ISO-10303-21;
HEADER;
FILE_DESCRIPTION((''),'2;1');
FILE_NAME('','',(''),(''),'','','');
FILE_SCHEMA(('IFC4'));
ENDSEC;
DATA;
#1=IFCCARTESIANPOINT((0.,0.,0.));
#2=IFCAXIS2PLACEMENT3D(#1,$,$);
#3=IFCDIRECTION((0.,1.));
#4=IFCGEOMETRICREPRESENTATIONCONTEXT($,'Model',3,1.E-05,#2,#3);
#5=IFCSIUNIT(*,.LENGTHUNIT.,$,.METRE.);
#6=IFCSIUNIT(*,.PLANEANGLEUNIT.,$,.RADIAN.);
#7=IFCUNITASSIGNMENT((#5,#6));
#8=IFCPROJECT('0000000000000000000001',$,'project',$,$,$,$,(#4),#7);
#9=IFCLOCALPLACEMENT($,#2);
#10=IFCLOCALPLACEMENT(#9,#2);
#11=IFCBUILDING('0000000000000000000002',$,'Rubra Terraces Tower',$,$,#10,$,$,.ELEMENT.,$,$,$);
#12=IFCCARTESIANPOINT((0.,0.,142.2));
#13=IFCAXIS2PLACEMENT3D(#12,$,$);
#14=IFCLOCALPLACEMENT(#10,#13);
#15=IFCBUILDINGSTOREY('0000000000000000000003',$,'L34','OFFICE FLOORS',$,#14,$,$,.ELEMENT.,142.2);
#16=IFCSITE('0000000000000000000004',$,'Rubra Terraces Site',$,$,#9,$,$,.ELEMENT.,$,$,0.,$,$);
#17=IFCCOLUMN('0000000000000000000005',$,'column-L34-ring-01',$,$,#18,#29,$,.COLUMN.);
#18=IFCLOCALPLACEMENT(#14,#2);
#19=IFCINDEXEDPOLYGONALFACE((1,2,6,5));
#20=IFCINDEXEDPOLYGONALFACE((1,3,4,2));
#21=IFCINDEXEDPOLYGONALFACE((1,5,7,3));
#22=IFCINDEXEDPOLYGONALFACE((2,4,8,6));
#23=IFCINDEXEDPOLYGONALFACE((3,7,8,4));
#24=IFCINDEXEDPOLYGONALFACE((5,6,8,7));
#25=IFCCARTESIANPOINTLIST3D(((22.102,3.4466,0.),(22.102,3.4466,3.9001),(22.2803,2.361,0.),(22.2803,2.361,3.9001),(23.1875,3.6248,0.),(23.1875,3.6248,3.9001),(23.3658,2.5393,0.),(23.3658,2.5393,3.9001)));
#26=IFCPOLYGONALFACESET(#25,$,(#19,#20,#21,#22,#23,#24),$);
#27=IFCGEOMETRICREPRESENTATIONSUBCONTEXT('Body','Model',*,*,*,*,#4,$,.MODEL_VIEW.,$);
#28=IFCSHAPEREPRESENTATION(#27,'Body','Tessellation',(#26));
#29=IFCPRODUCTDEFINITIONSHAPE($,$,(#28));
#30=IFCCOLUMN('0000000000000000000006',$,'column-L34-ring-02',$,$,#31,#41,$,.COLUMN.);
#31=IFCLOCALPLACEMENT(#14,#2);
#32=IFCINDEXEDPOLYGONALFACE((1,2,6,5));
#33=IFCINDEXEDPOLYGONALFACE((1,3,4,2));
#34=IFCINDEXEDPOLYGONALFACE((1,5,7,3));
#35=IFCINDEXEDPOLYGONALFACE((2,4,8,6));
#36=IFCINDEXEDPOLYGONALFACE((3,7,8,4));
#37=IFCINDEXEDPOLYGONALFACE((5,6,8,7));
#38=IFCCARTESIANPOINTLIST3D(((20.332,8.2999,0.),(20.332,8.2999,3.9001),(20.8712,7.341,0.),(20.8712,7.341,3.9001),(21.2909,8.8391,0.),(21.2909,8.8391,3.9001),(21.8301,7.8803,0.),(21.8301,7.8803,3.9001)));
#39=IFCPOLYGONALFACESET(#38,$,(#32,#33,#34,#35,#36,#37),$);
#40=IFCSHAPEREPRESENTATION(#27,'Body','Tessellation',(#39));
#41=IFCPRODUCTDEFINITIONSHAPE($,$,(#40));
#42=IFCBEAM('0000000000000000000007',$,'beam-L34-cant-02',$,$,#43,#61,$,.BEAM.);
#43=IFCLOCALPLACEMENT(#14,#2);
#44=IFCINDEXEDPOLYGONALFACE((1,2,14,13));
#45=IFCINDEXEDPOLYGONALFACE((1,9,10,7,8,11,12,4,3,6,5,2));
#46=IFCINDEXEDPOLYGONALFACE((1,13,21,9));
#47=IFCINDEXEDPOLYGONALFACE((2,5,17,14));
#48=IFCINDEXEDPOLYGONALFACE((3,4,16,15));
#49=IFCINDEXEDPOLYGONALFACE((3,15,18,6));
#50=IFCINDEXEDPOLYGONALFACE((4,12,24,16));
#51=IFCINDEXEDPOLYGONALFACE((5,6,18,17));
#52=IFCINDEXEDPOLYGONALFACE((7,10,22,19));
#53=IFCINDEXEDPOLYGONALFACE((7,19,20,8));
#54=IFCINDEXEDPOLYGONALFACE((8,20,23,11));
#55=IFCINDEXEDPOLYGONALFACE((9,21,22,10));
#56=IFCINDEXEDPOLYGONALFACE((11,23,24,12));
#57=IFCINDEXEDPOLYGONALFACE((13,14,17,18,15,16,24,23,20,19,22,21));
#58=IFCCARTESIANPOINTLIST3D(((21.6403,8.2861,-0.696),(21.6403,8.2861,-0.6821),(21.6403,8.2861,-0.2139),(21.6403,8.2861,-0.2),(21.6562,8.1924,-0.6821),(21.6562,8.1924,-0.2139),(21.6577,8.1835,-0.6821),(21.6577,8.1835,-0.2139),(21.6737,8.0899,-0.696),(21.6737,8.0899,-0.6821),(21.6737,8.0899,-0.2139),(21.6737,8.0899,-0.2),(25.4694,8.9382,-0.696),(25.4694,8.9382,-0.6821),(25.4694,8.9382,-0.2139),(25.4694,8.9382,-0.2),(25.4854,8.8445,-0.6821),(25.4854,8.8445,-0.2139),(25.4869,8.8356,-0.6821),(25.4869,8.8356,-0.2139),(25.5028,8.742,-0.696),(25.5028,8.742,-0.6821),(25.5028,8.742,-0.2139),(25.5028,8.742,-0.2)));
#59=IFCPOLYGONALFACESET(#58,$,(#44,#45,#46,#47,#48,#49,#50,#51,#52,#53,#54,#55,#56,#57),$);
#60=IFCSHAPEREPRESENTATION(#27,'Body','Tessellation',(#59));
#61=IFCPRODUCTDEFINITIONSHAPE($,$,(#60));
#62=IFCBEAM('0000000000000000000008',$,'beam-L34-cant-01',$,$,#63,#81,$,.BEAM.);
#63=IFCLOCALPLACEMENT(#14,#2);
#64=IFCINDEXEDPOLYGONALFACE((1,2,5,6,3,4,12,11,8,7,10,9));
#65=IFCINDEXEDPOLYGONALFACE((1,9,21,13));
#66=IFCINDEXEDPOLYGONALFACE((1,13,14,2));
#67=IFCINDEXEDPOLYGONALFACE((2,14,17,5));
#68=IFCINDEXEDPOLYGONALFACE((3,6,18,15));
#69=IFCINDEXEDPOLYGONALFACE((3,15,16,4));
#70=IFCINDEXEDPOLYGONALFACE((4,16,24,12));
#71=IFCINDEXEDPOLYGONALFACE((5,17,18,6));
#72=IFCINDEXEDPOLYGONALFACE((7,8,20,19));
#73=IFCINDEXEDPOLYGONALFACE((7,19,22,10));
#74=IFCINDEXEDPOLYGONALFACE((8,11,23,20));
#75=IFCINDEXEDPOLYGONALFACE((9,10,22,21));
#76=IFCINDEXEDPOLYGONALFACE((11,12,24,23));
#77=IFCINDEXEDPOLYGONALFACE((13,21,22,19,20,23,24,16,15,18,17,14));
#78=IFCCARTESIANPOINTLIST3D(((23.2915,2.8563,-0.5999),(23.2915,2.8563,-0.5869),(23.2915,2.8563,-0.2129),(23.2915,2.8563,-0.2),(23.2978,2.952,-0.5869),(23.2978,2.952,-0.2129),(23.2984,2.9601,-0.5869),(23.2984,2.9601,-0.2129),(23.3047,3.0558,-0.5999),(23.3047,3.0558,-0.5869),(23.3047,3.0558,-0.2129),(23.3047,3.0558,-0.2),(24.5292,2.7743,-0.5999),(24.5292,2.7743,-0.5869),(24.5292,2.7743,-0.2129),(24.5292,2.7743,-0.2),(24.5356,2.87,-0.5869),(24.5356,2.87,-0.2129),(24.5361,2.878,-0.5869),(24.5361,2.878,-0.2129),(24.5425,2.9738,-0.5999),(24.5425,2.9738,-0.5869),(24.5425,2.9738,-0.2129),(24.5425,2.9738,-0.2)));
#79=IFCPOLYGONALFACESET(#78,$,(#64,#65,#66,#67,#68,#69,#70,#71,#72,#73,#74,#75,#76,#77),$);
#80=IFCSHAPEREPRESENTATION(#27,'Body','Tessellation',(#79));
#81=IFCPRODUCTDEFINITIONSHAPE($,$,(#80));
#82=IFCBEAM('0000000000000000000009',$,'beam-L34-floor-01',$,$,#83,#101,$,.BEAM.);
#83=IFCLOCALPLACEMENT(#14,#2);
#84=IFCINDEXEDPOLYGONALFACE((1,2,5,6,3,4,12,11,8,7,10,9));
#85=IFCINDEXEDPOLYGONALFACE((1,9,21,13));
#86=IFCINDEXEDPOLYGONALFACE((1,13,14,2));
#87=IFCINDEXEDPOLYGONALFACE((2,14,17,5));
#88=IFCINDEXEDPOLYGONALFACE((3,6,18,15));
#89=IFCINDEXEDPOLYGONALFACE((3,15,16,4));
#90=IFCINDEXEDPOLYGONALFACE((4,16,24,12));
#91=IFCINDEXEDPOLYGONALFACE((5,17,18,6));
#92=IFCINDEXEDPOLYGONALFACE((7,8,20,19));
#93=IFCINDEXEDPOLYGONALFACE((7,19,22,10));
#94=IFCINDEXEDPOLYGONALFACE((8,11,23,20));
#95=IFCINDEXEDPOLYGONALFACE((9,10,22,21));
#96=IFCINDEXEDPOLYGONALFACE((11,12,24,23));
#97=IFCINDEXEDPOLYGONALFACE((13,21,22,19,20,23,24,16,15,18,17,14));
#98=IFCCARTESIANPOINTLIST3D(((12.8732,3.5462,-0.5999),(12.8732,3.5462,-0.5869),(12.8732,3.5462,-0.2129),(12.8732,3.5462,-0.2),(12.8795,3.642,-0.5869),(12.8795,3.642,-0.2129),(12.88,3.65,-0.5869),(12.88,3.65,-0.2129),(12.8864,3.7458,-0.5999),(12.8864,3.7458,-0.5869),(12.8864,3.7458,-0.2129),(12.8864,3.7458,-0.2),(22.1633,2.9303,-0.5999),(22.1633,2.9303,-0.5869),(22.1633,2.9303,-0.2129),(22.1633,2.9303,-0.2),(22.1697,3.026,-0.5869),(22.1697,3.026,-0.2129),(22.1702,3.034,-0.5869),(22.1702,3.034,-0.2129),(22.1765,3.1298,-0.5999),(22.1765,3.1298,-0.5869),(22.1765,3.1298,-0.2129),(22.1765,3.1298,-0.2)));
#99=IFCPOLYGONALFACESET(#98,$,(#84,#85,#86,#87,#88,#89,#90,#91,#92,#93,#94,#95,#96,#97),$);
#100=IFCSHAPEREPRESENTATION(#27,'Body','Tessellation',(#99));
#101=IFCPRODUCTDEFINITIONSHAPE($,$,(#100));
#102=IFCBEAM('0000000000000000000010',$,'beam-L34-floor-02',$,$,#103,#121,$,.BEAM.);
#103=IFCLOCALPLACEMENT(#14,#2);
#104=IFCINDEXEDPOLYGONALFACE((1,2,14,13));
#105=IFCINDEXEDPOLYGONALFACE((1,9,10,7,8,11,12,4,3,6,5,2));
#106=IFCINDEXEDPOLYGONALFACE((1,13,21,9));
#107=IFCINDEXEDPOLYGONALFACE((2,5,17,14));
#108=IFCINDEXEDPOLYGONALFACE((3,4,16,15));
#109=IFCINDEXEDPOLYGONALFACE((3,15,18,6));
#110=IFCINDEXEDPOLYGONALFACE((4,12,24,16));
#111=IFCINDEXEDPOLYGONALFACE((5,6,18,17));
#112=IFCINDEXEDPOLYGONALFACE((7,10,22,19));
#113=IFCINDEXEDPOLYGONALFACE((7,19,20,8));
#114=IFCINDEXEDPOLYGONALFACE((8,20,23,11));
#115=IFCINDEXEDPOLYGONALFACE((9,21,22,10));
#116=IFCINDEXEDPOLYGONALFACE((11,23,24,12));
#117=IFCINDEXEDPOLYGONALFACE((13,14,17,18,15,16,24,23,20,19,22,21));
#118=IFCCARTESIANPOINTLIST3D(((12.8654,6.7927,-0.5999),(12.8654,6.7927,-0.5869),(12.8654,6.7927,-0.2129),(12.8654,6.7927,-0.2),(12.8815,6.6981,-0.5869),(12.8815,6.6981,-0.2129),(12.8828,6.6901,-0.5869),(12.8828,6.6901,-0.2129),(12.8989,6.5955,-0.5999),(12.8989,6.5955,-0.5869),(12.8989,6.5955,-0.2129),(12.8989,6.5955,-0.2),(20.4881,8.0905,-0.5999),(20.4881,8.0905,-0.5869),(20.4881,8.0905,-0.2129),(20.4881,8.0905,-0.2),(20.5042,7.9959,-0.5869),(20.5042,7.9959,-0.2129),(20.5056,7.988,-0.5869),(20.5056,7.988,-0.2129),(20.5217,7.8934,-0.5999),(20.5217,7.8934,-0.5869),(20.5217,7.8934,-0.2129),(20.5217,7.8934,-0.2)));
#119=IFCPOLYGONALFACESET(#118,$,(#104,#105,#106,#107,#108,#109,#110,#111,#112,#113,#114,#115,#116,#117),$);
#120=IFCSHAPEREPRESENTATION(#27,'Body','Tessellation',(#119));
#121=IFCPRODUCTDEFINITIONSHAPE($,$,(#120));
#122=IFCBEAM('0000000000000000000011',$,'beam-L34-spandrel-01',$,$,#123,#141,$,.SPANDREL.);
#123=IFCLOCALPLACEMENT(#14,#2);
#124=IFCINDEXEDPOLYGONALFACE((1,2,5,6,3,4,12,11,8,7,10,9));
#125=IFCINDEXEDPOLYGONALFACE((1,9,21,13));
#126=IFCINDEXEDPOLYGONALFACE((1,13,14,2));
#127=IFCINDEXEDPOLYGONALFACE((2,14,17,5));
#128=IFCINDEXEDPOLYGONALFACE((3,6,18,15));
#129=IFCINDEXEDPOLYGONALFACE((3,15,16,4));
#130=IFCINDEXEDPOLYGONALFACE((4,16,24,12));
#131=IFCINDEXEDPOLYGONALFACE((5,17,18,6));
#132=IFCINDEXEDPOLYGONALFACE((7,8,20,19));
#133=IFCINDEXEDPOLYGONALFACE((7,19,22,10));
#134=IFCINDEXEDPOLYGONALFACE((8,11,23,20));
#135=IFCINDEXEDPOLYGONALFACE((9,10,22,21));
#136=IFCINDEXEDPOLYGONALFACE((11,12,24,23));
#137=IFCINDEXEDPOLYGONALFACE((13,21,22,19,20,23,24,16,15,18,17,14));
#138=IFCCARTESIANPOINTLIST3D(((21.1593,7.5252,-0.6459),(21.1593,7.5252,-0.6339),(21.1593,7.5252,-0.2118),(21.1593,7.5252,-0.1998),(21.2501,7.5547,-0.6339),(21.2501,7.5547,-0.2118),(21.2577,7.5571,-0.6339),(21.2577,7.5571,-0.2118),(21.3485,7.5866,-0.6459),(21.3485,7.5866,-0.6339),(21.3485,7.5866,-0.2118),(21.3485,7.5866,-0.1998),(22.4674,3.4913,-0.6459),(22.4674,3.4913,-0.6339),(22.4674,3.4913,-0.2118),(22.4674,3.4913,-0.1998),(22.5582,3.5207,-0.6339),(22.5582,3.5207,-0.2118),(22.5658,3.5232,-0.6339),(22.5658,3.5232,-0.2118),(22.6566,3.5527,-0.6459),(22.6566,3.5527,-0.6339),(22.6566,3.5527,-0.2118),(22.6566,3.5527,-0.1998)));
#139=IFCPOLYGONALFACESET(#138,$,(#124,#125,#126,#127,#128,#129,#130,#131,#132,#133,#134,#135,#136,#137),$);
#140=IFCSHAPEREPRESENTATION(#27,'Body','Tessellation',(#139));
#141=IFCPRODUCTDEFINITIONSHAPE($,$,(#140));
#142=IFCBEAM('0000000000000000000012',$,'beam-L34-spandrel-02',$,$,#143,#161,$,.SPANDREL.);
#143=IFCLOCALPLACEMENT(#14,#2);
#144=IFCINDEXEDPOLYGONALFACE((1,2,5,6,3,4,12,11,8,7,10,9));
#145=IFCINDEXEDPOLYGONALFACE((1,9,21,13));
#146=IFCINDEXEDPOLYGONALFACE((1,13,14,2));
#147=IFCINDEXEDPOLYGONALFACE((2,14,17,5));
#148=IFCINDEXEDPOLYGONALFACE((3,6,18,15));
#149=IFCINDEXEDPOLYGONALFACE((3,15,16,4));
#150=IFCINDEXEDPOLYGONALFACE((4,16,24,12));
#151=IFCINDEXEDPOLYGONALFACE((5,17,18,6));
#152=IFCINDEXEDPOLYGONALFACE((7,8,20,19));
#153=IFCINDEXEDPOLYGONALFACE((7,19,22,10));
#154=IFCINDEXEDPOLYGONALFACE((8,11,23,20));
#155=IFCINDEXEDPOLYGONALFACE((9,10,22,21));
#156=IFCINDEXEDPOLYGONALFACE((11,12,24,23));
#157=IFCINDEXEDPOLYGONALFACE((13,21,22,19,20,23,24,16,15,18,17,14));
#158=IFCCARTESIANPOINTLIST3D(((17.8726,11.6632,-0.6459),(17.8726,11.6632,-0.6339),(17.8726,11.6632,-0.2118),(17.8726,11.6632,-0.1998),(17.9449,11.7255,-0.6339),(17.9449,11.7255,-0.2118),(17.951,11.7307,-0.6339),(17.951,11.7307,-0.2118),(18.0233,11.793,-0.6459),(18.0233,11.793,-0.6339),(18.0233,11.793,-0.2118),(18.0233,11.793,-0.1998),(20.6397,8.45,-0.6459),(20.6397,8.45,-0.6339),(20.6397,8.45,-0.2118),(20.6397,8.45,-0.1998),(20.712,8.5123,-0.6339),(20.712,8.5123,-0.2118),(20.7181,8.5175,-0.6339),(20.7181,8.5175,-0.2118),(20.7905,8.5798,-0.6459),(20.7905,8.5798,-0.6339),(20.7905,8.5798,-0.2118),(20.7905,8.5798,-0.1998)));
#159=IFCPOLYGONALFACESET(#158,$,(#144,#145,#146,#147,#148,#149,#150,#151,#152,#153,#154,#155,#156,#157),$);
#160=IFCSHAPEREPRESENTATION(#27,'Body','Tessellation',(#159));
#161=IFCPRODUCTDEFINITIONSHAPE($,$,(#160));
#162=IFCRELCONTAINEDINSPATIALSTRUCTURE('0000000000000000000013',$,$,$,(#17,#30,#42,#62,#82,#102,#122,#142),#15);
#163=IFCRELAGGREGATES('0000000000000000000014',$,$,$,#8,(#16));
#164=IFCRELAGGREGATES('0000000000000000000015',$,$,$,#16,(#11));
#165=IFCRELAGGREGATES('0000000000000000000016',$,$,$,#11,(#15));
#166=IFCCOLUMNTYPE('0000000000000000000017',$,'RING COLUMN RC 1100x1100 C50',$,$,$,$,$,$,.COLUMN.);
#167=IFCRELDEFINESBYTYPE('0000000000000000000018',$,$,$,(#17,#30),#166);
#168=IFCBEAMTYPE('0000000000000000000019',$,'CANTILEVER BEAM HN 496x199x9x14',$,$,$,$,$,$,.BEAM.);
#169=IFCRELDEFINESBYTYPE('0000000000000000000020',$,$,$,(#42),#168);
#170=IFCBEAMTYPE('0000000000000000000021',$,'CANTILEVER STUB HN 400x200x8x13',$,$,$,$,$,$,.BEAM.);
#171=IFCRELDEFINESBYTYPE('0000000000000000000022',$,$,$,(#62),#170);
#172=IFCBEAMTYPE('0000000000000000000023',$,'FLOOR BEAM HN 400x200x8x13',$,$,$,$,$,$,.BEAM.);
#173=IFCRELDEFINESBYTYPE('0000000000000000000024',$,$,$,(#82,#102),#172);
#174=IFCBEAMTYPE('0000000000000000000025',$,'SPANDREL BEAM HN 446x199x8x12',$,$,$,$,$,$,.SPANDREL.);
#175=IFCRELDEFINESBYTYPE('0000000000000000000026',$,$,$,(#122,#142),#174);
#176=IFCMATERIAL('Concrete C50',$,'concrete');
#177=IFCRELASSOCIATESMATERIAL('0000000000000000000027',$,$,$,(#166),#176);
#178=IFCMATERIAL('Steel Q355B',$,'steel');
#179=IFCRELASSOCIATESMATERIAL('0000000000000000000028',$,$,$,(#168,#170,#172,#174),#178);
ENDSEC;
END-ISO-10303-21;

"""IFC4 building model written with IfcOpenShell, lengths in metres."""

from ifc_helpers import new_model, si_unit, direction, frame, origin, origin_2d, place, context, subcontext, project, spatial, rectangle, i_section, extrude, material, material_profile, profile_set, type_object, element, save


model = new_model("IFC4")

# Units and contexts
model_context = context("Model", 3, precision=1e-05, world=origin(), true_north=direction((0.0, 1.0)))
body_context = subcontext(model_context, "Body", "Model", "MODEL_VIEW")
ifc_project = project(units=[si_unit("LENGTHUNIT", "METRE"), si_unit("PLANEANGLEUNIT", "RADIAN")], contexts=[model_context])

# Site, building, storey
site_placement = place(None, origin())
site = spatial("IfcSite", under=ifc_project, at=site_placement, Name="Rubra Terraces Site", CompositionType="ELEMENT", RefElevation=0.0)
building_placement = place(site_placement, origin())
building = spatial("IfcBuilding", under=site, at=building_placement, Name="Rubra Terraces Tower", CompositionType="ELEMENT")
storey_placement = place(building_placement, frame((0.0, 0.0, 142.2)))
storey = spatial("IfcBuildingStorey", under=building, at=storey_placement, Name="L34", Description="OFFICE FLOORS", CompositionType="ELEMENT", Elevation=142.2)

# Columns
ifc_material_1 = material(Name="Concrete C50", Category="concrete")
ifc_material_profile_1 = material_profile(ifc_material_1, rectangle(XDim=1.1001, YDim=1.1001, at=origin_2d()), Name="RC 1100x1100")
ifc_profile_set_1 = profile_set([ifc_material_profile_1], Name="Concrete C50")
column_type = type_object("IfcColumnType", Name="RING COLUMN RC 1100x1100 C50", PredefinedType="COLUMN", material=ifc_profile_set_1)
for number, where, z_axis, x_axis, name in (
    (1, (22.7339, 2.9929, 0.0), (0.0, 0.0, 1.0), (-0.162062, 0.986781, 0.0), "column-L34-ring-01"),
    (2, (21.0811, 8.0901, 0.0), (0.0, 0.0, 1.0), (-0.490162, 0.871631, 0.0), "column-L34-ring-02"),
):
    element("IfcColumn", number, at=place(storey_placement, frame(where, z_axis=z_axis, x_axis=x_axis)), inside=storey, type_object=column_type, Name=name, PredefinedType="COLUMN", context=body_context, shape_type="SweptSolid", body=[
        extrude(rectangle(XDim=1.1001, YDim=1.1001, at=origin_2d()), origin(), (0.0, 0.0, 1.0), 3.9001),
    ])

# Beams
ifc_material_2 = material(Name="Steel Q355B", Category="steel")
ifc_material_profile_2 = material_profile(ifc_material_2, i_section(OverallWidth=0.199, OverallDepth=0.4961, WebThickness=0.009, FlangeThickness=0.0139, at=origin_2d()), Name="HN 496x199x9x14")
ifc_profile_set_2 = profile_set([ifc_material_profile_2], Name="Steel Q355B")
beam_type_1 = type_object("IfcBeamType", Name="CANTILEVER BEAM HN 496x199x9x14", PredefinedType="BEAM", material=ifc_profile_set_2)
beam_1_placement = place(storey_placement, frame((21.657, 8.188, -0.448), z_axis=(0.985807, 0.167884, 0.0), x_axis=(-0.167884, 0.985807, 0.0)))
element("IfcBeam", 3, at=beam_1_placement, inside=storey, type_object=beam_type_1, Name="beam-L34-cant-02", PredefinedType="BEAM", context=body_context, shape_type="SweptSolid", body=[
    extrude(i_section(OverallWidth=0.199, OverallDepth=0.4961, WebThickness=0.009, FlangeThickness=0.0139, at=origin_2d()), origin(), (0.0, 0.0, 1.0), 3.8843),
])
ifc_material_profile_3 = material_profile(ifc_material_2, i_section(OverallWidth=0.2, OverallDepth=0.3999, WebThickness=0.0081, FlangeThickness=0.0129, at=origin_2d()), Name="HN 400x200x8x13")
ifc_profile_set_3 = profile_set([ifc_material_profile_3], Name="Steel Q355B")
beam_type_2 = type_object("IfcBeamType", Name="CANTILEVER STUB HN 400x200x8x13", PredefinedType="BEAM", material=ifc_profile_set_3)
beam_2_placement = place(storey_placement, frame((23.2981, 2.9561, -0.3999), z_axis=(0.997811, -0.066127, 0.0), x_axis=(0.066127, 0.997811, 0.0)))
element("IfcBeam", 4, at=beam_2_placement, inside=storey, type_object=beam_type_2, Name="beam-L34-cant-01", PredefinedType="BEAM", context=body_context, shape_type="SweptSolid", body=[
    extrude(i_section(OverallWidth=0.2, OverallDepth=0.3999, WebThickness=0.0081, FlangeThickness=0.0129, at=origin_2d()), origin(), (0.0, 0.0, 1.0), 1.2405),
])
ifc_material_profile_4 = material_profile(ifc_material_2, i_section(OverallWidth=0.2, OverallDepth=0.3999, WebThickness=0.0081, FlangeThickness=0.0129, at=origin_2d()), Name="HN 400x200x8x13")
ifc_profile_set_4 = profile_set([ifc_material_profile_4], Name="Steel Q355B")
beam_type_3 = type_object("IfcBeamType", Name="FLOOR BEAM HN 400x200x8x13", PredefinedType="BEAM", material=ifc_profile_set_4)
beam_3_placement = place(storey_placement, frame((22.1699, 3.03, -0.3999), z_axis=(-0.997809, 0.066159, 0.0), x_axis=(-0.066159, -0.997809, 0.0)))
element("IfcBeam", 5, at=beam_3_placement, inside=storey, type_object=beam_type_3, Name="beam-L34-floor-01", PredefinedType="BEAM", context=body_context, shape_type="SweptSolid", body=[
    extrude(i_section(OverallWidth=0.2, OverallDepth=0.3999, WebThickness=0.0081, FlangeThickness=0.0129, at=origin_2d()), origin(), (0.0, 0.0, 1.0), 9.3105),
])
beam_4_placement = place(storey_placement, frame((20.5049, 7.9919, -0.3999), z_axis=(-0.985814, -0.167844, 0.0), x_axis=(0.167844, -0.985814, 0.0)))
element("IfcBeam", 6, at=beam_4_placement, inside=storey, type_object=beam_type_3, Name="beam-L34-floor-02", PredefinedType="BEAM", context=body_context, shape_type="SweptSolid", body=[
    extrude(i_section(OverallWidth=0.2, OverallDepth=0.3999, WebThickness=0.0081, FlangeThickness=0.0129, at=origin_2d()), origin(), (0.0, 0.0, 1.0), 7.7324),
])
ifc_material_profile_5 = material_profile(ifc_material_2, i_section(OverallWidth=0.199, OverallDepth=0.446, WebThickness=0.0081, FlangeThickness=0.012, at=origin_2d()), Name="HN 446x199x8x12")
ifc_profile_set_5 = profile_set([ifc_material_profile_5], Name="Steel Q355B")
beam_type_4 = type_object("IfcBeamType", Name="SPANDREL BEAM HN 446x199x8x12", PredefinedType="SPANDREL", material=ifc_profile_set_5)
beam_5_placement = place(storey_placement, frame((22.562, 3.522, -0.4229), z_axis=(-0.308462, 0.951237, 0.0), x_axis=(-0.951237, -0.308462, 0.0)))
element("IfcBeam", 7, at=beam_5_placement, inside=storey, type_object=beam_type_4, Name="beam-L34-spandrel-01", PredefinedType="SPANDREL", context=body_context, shape_type="SweptSolid", body=[
    extrude(i_section(OverallWidth=0.199, OverallDepth=0.446, WebThickness=0.0081, FlangeThickness=0.012, at=origin_2d()), origin(), (0.0, 0.0, 1.0), 4.2407),
])
beam_6_placement = place(storey_placement, frame((20.7151, 8.5149, -0.4229), z_axis=(-0.652553, 0.757743, 0.0), x_axis=(-0.757743, -0.652553, 0.0)))
element("IfcBeam", 8, at=beam_6_placement, inside=storey, type_object=beam_type_4, Name="beam-L34-spandrel-02", PredefinedType="SPANDREL", context=body_context, shape_type="SweptSolid", body=[
    extrude(i_section(OverallWidth=0.199, OverallDepth=0.446, WebThickness=0.0081, FlangeThickness=0.012, at=origin_2d()), origin(), (0.0, 0.0, 1.0), 4.2405),
])

save(model, "model.ifc")
